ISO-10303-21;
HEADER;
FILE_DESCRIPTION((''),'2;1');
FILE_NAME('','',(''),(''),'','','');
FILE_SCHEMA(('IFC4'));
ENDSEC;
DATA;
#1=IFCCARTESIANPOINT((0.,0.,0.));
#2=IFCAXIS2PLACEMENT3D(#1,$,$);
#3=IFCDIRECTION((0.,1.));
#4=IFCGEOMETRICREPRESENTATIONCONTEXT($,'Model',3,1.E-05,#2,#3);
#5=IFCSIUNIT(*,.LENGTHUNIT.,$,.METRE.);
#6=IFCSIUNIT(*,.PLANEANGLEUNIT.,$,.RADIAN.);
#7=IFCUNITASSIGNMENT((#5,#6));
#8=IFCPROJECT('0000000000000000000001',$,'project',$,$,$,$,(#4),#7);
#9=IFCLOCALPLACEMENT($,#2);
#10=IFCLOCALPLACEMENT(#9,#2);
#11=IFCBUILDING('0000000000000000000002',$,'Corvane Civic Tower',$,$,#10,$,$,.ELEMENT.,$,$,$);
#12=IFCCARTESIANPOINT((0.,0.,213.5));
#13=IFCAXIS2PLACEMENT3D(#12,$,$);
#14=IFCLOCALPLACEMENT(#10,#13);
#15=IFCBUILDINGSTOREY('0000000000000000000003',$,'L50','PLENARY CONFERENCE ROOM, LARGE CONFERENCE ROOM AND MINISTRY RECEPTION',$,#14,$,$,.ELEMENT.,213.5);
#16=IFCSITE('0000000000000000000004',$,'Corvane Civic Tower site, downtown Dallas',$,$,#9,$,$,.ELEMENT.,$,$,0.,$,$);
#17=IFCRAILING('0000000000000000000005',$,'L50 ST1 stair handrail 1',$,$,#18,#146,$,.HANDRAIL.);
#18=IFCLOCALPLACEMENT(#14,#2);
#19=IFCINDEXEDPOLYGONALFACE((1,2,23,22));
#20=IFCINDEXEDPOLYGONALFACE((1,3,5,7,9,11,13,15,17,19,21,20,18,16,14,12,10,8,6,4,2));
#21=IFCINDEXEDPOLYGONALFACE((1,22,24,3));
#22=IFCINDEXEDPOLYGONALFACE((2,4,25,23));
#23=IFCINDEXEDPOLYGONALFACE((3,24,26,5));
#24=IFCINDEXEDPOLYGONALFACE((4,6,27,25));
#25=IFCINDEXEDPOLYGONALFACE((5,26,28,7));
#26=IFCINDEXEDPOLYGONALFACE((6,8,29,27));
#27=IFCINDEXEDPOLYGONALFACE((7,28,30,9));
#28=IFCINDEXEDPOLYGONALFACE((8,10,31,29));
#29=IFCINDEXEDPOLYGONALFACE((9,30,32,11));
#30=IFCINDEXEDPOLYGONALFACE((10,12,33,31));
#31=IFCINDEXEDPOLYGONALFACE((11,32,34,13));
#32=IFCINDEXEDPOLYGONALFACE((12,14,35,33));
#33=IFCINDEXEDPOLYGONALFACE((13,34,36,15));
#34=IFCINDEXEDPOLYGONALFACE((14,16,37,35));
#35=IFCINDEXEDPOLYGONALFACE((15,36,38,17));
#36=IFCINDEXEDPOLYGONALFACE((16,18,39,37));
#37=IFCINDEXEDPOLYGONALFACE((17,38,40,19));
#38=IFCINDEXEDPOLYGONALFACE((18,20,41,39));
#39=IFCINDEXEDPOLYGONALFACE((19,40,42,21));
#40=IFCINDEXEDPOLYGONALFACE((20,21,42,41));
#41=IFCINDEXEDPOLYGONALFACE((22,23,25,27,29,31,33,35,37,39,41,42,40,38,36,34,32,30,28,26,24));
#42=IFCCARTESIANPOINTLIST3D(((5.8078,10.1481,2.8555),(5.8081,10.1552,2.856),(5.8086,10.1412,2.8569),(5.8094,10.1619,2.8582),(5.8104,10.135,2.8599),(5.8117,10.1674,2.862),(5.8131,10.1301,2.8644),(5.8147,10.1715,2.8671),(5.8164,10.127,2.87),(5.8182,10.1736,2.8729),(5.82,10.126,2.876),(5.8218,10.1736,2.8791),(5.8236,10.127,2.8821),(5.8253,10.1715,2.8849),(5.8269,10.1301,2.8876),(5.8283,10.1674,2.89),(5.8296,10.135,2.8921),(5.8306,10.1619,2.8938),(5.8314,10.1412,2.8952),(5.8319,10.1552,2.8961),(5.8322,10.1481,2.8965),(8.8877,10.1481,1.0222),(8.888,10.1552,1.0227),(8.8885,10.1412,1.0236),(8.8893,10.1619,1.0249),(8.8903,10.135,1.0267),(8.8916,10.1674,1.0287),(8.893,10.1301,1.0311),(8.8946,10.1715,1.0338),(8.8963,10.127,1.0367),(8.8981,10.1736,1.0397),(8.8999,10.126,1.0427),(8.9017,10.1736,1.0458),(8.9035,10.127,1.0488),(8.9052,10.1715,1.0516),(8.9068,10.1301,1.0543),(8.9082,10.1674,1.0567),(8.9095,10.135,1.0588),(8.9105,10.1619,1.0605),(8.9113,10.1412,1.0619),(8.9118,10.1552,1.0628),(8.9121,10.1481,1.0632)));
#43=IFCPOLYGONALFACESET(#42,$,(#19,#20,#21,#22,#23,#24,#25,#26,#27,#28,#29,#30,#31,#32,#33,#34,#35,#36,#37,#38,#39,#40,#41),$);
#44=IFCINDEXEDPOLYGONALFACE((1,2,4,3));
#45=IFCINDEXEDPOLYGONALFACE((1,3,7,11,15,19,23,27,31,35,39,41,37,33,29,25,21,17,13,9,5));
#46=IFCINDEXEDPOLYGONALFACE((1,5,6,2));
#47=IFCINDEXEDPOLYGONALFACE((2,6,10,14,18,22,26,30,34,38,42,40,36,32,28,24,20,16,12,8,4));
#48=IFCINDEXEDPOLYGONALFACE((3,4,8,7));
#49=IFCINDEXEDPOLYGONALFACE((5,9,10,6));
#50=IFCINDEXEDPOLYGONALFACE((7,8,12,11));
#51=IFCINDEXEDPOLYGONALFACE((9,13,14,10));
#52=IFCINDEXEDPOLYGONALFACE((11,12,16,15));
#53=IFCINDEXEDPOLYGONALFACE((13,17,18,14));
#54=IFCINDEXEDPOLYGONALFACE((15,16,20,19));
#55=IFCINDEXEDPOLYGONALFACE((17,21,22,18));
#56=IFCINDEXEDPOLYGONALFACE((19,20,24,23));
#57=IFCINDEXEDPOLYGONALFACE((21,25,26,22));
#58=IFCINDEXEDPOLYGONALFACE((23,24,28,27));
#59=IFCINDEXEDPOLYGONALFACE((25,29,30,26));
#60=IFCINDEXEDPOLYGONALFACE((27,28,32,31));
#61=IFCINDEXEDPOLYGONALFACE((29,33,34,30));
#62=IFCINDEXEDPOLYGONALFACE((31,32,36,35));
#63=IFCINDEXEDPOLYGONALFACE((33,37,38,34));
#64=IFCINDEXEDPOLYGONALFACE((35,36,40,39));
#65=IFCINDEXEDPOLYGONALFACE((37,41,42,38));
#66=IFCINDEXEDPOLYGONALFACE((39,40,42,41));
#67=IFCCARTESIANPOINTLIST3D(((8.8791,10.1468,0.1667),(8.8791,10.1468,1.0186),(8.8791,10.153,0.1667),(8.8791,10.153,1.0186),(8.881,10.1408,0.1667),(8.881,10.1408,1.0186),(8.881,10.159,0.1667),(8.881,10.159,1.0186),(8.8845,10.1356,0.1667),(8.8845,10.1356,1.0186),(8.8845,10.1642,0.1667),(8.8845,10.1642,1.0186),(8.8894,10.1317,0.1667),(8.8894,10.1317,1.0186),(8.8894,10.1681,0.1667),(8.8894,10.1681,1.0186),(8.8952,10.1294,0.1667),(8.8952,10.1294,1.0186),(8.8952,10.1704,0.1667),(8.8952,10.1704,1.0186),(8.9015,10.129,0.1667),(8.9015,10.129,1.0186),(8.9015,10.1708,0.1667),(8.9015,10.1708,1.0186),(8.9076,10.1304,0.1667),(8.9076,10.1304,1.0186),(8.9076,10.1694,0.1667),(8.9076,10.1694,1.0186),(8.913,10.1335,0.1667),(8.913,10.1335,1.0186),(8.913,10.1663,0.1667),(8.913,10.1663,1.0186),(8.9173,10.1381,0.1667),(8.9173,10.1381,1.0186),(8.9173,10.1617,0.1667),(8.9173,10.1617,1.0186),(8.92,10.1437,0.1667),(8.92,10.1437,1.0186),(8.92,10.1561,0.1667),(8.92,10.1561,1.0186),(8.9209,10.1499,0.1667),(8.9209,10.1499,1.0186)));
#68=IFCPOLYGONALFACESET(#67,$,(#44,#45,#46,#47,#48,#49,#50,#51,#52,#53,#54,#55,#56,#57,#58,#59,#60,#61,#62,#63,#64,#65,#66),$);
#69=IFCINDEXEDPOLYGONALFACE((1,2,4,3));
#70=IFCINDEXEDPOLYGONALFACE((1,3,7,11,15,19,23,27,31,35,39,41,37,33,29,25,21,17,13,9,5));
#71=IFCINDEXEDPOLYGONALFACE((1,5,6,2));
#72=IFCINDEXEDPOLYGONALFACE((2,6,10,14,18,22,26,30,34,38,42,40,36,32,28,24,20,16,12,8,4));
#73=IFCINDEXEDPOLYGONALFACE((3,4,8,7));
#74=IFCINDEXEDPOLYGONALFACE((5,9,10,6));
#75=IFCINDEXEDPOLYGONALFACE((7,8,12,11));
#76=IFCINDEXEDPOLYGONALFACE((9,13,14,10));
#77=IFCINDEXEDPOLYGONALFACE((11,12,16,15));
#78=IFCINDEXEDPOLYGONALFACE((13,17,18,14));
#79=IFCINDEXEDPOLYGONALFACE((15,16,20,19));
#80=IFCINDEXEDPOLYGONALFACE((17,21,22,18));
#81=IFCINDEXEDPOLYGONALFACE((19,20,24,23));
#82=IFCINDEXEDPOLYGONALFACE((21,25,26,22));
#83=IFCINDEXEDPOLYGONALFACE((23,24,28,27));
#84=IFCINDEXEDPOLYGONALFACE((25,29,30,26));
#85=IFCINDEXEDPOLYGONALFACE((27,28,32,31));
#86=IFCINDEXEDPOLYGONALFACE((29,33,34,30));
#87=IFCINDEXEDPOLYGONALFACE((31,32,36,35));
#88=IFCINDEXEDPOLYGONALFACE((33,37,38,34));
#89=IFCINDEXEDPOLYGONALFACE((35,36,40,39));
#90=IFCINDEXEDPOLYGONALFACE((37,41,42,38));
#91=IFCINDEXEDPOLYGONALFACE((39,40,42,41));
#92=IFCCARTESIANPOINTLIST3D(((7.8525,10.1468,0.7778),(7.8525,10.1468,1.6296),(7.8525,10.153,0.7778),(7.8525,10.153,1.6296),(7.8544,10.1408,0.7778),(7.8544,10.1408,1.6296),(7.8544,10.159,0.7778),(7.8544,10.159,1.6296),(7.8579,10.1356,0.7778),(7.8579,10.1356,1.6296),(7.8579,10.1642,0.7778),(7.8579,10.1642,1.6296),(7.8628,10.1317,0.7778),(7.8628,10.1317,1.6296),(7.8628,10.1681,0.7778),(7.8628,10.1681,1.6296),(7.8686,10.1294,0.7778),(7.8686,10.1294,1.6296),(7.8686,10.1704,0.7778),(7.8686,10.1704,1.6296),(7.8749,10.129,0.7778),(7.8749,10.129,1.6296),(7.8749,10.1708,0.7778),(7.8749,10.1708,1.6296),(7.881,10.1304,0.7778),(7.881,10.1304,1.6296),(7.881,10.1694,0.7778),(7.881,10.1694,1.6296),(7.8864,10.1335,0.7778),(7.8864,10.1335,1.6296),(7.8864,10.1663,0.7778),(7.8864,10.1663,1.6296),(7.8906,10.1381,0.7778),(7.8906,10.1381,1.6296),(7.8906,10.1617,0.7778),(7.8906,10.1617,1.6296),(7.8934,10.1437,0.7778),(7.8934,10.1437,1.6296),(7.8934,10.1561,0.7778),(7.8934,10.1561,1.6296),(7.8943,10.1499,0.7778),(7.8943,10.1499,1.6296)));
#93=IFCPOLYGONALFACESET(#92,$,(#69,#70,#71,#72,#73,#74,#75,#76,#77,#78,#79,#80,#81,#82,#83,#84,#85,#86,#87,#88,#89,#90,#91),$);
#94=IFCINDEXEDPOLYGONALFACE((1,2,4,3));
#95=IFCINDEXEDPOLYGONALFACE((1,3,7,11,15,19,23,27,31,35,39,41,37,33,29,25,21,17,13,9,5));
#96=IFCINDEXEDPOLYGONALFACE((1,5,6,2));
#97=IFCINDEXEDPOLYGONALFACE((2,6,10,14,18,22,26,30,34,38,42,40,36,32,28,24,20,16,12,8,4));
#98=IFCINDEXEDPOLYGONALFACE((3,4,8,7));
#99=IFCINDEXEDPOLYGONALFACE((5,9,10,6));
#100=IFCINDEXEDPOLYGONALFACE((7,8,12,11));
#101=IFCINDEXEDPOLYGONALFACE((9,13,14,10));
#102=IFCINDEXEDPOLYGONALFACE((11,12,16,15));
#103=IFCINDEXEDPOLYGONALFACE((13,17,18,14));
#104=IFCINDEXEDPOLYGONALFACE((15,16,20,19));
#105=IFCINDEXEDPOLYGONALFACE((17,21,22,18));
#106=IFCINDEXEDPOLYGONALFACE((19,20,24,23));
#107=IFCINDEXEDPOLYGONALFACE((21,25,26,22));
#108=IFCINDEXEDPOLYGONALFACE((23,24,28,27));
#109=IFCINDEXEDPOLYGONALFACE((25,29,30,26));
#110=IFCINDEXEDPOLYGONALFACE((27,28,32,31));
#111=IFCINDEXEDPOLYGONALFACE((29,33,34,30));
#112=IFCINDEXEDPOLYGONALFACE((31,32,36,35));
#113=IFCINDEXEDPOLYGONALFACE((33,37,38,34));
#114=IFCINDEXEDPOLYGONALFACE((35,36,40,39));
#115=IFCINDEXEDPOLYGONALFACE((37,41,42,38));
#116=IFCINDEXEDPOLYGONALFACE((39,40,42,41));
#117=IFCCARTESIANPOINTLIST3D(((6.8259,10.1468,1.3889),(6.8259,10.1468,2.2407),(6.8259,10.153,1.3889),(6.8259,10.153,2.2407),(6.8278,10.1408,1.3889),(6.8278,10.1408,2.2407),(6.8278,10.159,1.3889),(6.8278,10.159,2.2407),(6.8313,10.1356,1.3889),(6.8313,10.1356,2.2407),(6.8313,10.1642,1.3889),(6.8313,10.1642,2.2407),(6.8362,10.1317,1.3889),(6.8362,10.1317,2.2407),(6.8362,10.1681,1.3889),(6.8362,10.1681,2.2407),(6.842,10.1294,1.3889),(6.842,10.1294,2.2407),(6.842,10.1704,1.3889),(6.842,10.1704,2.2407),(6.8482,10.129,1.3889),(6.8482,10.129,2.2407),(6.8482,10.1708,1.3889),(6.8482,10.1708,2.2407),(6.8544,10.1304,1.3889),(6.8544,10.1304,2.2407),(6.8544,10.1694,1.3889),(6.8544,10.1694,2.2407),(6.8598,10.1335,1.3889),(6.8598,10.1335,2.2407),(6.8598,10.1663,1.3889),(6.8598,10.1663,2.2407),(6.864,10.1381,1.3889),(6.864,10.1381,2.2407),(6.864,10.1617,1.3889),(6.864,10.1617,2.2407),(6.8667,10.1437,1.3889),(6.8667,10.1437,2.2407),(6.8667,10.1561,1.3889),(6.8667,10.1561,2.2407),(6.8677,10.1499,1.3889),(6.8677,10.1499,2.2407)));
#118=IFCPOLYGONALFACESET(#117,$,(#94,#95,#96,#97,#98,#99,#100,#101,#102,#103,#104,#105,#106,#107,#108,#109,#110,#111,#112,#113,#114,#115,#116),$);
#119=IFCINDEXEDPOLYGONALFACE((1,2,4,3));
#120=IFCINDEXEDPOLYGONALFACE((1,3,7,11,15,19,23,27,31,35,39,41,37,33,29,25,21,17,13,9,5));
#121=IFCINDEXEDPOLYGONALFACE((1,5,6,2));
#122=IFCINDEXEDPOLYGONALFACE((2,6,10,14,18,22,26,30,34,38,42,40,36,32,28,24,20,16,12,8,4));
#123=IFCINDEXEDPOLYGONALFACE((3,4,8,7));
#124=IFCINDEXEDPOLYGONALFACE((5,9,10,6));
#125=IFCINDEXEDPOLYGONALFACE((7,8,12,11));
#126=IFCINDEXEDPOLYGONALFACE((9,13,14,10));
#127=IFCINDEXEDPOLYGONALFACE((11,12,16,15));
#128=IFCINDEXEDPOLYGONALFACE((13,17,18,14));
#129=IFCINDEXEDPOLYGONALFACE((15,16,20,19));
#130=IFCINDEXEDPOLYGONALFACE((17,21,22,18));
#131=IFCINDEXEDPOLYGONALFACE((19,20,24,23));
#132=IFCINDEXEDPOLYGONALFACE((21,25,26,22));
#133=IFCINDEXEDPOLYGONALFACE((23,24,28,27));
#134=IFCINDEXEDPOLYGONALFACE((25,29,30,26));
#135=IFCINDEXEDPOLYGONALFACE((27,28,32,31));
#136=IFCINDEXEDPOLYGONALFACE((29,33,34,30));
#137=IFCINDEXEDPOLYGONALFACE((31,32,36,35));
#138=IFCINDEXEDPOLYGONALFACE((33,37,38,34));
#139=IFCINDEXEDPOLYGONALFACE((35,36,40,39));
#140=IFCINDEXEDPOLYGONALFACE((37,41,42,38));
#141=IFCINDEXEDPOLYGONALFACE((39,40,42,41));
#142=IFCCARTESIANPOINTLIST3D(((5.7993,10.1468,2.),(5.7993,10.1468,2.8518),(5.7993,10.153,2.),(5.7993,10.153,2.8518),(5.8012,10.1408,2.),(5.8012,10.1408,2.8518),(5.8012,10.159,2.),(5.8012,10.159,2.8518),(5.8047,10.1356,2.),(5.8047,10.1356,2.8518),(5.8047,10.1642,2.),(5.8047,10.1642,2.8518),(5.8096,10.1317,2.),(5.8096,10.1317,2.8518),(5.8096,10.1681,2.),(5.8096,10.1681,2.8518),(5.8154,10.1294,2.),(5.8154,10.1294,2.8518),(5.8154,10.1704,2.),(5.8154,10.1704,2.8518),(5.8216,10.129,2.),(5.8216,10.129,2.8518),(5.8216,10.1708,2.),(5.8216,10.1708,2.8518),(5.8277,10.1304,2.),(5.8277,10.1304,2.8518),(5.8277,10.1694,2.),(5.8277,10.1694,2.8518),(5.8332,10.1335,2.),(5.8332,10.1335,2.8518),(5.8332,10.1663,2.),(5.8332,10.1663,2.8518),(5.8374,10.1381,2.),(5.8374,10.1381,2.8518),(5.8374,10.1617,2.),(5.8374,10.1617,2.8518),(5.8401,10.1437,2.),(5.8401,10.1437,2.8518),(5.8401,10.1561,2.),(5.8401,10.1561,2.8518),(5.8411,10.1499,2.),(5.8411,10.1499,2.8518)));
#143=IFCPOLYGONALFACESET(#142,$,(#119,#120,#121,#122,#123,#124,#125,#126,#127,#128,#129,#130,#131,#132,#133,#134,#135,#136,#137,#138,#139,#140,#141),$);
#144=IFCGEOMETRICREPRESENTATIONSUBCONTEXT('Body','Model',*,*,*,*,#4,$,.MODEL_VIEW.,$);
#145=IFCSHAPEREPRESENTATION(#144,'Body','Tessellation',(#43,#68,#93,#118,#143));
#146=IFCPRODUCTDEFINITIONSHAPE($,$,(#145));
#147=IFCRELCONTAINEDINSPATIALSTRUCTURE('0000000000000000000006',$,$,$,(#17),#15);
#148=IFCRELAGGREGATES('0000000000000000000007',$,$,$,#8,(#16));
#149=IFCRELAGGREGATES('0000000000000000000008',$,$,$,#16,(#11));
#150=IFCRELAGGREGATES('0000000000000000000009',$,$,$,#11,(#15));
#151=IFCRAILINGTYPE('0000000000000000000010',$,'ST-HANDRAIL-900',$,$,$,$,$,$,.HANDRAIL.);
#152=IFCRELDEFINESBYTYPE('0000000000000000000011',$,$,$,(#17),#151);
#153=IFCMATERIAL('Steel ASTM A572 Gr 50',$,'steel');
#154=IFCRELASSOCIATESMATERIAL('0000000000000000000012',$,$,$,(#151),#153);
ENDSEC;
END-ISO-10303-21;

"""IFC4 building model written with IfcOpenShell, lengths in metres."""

from ifc_helpers import new_model, si_unit, direction, frame, origin, origin_2d, place, context, subcontext, project, spatial, circle, extrude, material, type_object, element, save


model = new_model("IFC4")

# Units and contexts
model_context = context("Model", 3, precision=1e-05, world=origin(), true_north=direction((0.0, 1.0)))
body_context = subcontext(model_context, "Body", "Model", "MODEL_VIEW")
ifc_project = project(units=[si_unit("LENGTHUNIT", "METRE"), si_unit("PLANEANGLEUNIT", "RADIAN")], contexts=[model_context])

# Site, building, storey
site_placement = place(None, origin())
site = spatial("IfcSite", under=ifc_project, at=site_placement, Name="Corvane Civic Tower site, downtown Dallas", CompositionType="ELEMENT", RefElevation=0.0)
building_placement = place(site_placement, origin())
building = spatial("IfcBuilding", under=site, at=building_placement, Name="Corvane Civic Tower", CompositionType="ELEMENT")
storey_placement = place(building_placement, frame((0.0, 0.0, 213.5)))
storey = spatial("IfcBuildingStorey", under=building, at=storey_placement, Name="L50", Description="PLENARY CONFERENCE ROOM, LARGE CONFERENCE ROOM AND MINISTRY RECEPTION", CompositionType="ELEMENT", Elevation=213.5)

# Railing
ifc_material_1 = material(Name="Steel ASTM A572 Gr 50", Category="steel")
railing_type = type_object("IfcRailingType", Name="ST-HANDRAIL-900", PredefinedType="HANDRAIL", material=ifc_material_1)
railing_placement = place(storey_placement, frame((8.8999, 10.1499, 0.1667)))
element("IfcRailing", 1, at=railing_placement, inside=storey, type_object=railing_type, Name="L50 ST1 stair handrail 1", PredefinedType="HANDRAIL", context=body_context, shape_type="SweptSolid", body=[
    extrude(circle(Radius=0.0239, at=origin_2d()), frame((0.0, 0.0, 0.876), z_axis=(-0.859291, 0.0, 0.511487), x_axis=(0.0, -1.0, 0.0)), (0.0, 0.0, 1.0), 3.5842),
    extrude(circle(Radius=0.021, at=origin_2d()), origin(), (0.0, 0.0, 1.0), 0.8518),
    extrude(circle(Radius=0.021, at=origin_2d()), frame((-1.0266, 0.0, 0.6111)), (0.0, 0.0, 1.0), 0.8518),
    extrude(circle(Radius=0.021, at=origin_2d()), frame((-2.0532, 0.0, 1.2222)), (0.0, 0.0, 1.0), 0.8518),
    extrude(circle(Radius=0.021, at=origin_2d()), frame((-3.0798, 0.0, 1.8333)), (0.0, 0.0, 1.0), 0.8518),
])

save(model, "model.ifc")
